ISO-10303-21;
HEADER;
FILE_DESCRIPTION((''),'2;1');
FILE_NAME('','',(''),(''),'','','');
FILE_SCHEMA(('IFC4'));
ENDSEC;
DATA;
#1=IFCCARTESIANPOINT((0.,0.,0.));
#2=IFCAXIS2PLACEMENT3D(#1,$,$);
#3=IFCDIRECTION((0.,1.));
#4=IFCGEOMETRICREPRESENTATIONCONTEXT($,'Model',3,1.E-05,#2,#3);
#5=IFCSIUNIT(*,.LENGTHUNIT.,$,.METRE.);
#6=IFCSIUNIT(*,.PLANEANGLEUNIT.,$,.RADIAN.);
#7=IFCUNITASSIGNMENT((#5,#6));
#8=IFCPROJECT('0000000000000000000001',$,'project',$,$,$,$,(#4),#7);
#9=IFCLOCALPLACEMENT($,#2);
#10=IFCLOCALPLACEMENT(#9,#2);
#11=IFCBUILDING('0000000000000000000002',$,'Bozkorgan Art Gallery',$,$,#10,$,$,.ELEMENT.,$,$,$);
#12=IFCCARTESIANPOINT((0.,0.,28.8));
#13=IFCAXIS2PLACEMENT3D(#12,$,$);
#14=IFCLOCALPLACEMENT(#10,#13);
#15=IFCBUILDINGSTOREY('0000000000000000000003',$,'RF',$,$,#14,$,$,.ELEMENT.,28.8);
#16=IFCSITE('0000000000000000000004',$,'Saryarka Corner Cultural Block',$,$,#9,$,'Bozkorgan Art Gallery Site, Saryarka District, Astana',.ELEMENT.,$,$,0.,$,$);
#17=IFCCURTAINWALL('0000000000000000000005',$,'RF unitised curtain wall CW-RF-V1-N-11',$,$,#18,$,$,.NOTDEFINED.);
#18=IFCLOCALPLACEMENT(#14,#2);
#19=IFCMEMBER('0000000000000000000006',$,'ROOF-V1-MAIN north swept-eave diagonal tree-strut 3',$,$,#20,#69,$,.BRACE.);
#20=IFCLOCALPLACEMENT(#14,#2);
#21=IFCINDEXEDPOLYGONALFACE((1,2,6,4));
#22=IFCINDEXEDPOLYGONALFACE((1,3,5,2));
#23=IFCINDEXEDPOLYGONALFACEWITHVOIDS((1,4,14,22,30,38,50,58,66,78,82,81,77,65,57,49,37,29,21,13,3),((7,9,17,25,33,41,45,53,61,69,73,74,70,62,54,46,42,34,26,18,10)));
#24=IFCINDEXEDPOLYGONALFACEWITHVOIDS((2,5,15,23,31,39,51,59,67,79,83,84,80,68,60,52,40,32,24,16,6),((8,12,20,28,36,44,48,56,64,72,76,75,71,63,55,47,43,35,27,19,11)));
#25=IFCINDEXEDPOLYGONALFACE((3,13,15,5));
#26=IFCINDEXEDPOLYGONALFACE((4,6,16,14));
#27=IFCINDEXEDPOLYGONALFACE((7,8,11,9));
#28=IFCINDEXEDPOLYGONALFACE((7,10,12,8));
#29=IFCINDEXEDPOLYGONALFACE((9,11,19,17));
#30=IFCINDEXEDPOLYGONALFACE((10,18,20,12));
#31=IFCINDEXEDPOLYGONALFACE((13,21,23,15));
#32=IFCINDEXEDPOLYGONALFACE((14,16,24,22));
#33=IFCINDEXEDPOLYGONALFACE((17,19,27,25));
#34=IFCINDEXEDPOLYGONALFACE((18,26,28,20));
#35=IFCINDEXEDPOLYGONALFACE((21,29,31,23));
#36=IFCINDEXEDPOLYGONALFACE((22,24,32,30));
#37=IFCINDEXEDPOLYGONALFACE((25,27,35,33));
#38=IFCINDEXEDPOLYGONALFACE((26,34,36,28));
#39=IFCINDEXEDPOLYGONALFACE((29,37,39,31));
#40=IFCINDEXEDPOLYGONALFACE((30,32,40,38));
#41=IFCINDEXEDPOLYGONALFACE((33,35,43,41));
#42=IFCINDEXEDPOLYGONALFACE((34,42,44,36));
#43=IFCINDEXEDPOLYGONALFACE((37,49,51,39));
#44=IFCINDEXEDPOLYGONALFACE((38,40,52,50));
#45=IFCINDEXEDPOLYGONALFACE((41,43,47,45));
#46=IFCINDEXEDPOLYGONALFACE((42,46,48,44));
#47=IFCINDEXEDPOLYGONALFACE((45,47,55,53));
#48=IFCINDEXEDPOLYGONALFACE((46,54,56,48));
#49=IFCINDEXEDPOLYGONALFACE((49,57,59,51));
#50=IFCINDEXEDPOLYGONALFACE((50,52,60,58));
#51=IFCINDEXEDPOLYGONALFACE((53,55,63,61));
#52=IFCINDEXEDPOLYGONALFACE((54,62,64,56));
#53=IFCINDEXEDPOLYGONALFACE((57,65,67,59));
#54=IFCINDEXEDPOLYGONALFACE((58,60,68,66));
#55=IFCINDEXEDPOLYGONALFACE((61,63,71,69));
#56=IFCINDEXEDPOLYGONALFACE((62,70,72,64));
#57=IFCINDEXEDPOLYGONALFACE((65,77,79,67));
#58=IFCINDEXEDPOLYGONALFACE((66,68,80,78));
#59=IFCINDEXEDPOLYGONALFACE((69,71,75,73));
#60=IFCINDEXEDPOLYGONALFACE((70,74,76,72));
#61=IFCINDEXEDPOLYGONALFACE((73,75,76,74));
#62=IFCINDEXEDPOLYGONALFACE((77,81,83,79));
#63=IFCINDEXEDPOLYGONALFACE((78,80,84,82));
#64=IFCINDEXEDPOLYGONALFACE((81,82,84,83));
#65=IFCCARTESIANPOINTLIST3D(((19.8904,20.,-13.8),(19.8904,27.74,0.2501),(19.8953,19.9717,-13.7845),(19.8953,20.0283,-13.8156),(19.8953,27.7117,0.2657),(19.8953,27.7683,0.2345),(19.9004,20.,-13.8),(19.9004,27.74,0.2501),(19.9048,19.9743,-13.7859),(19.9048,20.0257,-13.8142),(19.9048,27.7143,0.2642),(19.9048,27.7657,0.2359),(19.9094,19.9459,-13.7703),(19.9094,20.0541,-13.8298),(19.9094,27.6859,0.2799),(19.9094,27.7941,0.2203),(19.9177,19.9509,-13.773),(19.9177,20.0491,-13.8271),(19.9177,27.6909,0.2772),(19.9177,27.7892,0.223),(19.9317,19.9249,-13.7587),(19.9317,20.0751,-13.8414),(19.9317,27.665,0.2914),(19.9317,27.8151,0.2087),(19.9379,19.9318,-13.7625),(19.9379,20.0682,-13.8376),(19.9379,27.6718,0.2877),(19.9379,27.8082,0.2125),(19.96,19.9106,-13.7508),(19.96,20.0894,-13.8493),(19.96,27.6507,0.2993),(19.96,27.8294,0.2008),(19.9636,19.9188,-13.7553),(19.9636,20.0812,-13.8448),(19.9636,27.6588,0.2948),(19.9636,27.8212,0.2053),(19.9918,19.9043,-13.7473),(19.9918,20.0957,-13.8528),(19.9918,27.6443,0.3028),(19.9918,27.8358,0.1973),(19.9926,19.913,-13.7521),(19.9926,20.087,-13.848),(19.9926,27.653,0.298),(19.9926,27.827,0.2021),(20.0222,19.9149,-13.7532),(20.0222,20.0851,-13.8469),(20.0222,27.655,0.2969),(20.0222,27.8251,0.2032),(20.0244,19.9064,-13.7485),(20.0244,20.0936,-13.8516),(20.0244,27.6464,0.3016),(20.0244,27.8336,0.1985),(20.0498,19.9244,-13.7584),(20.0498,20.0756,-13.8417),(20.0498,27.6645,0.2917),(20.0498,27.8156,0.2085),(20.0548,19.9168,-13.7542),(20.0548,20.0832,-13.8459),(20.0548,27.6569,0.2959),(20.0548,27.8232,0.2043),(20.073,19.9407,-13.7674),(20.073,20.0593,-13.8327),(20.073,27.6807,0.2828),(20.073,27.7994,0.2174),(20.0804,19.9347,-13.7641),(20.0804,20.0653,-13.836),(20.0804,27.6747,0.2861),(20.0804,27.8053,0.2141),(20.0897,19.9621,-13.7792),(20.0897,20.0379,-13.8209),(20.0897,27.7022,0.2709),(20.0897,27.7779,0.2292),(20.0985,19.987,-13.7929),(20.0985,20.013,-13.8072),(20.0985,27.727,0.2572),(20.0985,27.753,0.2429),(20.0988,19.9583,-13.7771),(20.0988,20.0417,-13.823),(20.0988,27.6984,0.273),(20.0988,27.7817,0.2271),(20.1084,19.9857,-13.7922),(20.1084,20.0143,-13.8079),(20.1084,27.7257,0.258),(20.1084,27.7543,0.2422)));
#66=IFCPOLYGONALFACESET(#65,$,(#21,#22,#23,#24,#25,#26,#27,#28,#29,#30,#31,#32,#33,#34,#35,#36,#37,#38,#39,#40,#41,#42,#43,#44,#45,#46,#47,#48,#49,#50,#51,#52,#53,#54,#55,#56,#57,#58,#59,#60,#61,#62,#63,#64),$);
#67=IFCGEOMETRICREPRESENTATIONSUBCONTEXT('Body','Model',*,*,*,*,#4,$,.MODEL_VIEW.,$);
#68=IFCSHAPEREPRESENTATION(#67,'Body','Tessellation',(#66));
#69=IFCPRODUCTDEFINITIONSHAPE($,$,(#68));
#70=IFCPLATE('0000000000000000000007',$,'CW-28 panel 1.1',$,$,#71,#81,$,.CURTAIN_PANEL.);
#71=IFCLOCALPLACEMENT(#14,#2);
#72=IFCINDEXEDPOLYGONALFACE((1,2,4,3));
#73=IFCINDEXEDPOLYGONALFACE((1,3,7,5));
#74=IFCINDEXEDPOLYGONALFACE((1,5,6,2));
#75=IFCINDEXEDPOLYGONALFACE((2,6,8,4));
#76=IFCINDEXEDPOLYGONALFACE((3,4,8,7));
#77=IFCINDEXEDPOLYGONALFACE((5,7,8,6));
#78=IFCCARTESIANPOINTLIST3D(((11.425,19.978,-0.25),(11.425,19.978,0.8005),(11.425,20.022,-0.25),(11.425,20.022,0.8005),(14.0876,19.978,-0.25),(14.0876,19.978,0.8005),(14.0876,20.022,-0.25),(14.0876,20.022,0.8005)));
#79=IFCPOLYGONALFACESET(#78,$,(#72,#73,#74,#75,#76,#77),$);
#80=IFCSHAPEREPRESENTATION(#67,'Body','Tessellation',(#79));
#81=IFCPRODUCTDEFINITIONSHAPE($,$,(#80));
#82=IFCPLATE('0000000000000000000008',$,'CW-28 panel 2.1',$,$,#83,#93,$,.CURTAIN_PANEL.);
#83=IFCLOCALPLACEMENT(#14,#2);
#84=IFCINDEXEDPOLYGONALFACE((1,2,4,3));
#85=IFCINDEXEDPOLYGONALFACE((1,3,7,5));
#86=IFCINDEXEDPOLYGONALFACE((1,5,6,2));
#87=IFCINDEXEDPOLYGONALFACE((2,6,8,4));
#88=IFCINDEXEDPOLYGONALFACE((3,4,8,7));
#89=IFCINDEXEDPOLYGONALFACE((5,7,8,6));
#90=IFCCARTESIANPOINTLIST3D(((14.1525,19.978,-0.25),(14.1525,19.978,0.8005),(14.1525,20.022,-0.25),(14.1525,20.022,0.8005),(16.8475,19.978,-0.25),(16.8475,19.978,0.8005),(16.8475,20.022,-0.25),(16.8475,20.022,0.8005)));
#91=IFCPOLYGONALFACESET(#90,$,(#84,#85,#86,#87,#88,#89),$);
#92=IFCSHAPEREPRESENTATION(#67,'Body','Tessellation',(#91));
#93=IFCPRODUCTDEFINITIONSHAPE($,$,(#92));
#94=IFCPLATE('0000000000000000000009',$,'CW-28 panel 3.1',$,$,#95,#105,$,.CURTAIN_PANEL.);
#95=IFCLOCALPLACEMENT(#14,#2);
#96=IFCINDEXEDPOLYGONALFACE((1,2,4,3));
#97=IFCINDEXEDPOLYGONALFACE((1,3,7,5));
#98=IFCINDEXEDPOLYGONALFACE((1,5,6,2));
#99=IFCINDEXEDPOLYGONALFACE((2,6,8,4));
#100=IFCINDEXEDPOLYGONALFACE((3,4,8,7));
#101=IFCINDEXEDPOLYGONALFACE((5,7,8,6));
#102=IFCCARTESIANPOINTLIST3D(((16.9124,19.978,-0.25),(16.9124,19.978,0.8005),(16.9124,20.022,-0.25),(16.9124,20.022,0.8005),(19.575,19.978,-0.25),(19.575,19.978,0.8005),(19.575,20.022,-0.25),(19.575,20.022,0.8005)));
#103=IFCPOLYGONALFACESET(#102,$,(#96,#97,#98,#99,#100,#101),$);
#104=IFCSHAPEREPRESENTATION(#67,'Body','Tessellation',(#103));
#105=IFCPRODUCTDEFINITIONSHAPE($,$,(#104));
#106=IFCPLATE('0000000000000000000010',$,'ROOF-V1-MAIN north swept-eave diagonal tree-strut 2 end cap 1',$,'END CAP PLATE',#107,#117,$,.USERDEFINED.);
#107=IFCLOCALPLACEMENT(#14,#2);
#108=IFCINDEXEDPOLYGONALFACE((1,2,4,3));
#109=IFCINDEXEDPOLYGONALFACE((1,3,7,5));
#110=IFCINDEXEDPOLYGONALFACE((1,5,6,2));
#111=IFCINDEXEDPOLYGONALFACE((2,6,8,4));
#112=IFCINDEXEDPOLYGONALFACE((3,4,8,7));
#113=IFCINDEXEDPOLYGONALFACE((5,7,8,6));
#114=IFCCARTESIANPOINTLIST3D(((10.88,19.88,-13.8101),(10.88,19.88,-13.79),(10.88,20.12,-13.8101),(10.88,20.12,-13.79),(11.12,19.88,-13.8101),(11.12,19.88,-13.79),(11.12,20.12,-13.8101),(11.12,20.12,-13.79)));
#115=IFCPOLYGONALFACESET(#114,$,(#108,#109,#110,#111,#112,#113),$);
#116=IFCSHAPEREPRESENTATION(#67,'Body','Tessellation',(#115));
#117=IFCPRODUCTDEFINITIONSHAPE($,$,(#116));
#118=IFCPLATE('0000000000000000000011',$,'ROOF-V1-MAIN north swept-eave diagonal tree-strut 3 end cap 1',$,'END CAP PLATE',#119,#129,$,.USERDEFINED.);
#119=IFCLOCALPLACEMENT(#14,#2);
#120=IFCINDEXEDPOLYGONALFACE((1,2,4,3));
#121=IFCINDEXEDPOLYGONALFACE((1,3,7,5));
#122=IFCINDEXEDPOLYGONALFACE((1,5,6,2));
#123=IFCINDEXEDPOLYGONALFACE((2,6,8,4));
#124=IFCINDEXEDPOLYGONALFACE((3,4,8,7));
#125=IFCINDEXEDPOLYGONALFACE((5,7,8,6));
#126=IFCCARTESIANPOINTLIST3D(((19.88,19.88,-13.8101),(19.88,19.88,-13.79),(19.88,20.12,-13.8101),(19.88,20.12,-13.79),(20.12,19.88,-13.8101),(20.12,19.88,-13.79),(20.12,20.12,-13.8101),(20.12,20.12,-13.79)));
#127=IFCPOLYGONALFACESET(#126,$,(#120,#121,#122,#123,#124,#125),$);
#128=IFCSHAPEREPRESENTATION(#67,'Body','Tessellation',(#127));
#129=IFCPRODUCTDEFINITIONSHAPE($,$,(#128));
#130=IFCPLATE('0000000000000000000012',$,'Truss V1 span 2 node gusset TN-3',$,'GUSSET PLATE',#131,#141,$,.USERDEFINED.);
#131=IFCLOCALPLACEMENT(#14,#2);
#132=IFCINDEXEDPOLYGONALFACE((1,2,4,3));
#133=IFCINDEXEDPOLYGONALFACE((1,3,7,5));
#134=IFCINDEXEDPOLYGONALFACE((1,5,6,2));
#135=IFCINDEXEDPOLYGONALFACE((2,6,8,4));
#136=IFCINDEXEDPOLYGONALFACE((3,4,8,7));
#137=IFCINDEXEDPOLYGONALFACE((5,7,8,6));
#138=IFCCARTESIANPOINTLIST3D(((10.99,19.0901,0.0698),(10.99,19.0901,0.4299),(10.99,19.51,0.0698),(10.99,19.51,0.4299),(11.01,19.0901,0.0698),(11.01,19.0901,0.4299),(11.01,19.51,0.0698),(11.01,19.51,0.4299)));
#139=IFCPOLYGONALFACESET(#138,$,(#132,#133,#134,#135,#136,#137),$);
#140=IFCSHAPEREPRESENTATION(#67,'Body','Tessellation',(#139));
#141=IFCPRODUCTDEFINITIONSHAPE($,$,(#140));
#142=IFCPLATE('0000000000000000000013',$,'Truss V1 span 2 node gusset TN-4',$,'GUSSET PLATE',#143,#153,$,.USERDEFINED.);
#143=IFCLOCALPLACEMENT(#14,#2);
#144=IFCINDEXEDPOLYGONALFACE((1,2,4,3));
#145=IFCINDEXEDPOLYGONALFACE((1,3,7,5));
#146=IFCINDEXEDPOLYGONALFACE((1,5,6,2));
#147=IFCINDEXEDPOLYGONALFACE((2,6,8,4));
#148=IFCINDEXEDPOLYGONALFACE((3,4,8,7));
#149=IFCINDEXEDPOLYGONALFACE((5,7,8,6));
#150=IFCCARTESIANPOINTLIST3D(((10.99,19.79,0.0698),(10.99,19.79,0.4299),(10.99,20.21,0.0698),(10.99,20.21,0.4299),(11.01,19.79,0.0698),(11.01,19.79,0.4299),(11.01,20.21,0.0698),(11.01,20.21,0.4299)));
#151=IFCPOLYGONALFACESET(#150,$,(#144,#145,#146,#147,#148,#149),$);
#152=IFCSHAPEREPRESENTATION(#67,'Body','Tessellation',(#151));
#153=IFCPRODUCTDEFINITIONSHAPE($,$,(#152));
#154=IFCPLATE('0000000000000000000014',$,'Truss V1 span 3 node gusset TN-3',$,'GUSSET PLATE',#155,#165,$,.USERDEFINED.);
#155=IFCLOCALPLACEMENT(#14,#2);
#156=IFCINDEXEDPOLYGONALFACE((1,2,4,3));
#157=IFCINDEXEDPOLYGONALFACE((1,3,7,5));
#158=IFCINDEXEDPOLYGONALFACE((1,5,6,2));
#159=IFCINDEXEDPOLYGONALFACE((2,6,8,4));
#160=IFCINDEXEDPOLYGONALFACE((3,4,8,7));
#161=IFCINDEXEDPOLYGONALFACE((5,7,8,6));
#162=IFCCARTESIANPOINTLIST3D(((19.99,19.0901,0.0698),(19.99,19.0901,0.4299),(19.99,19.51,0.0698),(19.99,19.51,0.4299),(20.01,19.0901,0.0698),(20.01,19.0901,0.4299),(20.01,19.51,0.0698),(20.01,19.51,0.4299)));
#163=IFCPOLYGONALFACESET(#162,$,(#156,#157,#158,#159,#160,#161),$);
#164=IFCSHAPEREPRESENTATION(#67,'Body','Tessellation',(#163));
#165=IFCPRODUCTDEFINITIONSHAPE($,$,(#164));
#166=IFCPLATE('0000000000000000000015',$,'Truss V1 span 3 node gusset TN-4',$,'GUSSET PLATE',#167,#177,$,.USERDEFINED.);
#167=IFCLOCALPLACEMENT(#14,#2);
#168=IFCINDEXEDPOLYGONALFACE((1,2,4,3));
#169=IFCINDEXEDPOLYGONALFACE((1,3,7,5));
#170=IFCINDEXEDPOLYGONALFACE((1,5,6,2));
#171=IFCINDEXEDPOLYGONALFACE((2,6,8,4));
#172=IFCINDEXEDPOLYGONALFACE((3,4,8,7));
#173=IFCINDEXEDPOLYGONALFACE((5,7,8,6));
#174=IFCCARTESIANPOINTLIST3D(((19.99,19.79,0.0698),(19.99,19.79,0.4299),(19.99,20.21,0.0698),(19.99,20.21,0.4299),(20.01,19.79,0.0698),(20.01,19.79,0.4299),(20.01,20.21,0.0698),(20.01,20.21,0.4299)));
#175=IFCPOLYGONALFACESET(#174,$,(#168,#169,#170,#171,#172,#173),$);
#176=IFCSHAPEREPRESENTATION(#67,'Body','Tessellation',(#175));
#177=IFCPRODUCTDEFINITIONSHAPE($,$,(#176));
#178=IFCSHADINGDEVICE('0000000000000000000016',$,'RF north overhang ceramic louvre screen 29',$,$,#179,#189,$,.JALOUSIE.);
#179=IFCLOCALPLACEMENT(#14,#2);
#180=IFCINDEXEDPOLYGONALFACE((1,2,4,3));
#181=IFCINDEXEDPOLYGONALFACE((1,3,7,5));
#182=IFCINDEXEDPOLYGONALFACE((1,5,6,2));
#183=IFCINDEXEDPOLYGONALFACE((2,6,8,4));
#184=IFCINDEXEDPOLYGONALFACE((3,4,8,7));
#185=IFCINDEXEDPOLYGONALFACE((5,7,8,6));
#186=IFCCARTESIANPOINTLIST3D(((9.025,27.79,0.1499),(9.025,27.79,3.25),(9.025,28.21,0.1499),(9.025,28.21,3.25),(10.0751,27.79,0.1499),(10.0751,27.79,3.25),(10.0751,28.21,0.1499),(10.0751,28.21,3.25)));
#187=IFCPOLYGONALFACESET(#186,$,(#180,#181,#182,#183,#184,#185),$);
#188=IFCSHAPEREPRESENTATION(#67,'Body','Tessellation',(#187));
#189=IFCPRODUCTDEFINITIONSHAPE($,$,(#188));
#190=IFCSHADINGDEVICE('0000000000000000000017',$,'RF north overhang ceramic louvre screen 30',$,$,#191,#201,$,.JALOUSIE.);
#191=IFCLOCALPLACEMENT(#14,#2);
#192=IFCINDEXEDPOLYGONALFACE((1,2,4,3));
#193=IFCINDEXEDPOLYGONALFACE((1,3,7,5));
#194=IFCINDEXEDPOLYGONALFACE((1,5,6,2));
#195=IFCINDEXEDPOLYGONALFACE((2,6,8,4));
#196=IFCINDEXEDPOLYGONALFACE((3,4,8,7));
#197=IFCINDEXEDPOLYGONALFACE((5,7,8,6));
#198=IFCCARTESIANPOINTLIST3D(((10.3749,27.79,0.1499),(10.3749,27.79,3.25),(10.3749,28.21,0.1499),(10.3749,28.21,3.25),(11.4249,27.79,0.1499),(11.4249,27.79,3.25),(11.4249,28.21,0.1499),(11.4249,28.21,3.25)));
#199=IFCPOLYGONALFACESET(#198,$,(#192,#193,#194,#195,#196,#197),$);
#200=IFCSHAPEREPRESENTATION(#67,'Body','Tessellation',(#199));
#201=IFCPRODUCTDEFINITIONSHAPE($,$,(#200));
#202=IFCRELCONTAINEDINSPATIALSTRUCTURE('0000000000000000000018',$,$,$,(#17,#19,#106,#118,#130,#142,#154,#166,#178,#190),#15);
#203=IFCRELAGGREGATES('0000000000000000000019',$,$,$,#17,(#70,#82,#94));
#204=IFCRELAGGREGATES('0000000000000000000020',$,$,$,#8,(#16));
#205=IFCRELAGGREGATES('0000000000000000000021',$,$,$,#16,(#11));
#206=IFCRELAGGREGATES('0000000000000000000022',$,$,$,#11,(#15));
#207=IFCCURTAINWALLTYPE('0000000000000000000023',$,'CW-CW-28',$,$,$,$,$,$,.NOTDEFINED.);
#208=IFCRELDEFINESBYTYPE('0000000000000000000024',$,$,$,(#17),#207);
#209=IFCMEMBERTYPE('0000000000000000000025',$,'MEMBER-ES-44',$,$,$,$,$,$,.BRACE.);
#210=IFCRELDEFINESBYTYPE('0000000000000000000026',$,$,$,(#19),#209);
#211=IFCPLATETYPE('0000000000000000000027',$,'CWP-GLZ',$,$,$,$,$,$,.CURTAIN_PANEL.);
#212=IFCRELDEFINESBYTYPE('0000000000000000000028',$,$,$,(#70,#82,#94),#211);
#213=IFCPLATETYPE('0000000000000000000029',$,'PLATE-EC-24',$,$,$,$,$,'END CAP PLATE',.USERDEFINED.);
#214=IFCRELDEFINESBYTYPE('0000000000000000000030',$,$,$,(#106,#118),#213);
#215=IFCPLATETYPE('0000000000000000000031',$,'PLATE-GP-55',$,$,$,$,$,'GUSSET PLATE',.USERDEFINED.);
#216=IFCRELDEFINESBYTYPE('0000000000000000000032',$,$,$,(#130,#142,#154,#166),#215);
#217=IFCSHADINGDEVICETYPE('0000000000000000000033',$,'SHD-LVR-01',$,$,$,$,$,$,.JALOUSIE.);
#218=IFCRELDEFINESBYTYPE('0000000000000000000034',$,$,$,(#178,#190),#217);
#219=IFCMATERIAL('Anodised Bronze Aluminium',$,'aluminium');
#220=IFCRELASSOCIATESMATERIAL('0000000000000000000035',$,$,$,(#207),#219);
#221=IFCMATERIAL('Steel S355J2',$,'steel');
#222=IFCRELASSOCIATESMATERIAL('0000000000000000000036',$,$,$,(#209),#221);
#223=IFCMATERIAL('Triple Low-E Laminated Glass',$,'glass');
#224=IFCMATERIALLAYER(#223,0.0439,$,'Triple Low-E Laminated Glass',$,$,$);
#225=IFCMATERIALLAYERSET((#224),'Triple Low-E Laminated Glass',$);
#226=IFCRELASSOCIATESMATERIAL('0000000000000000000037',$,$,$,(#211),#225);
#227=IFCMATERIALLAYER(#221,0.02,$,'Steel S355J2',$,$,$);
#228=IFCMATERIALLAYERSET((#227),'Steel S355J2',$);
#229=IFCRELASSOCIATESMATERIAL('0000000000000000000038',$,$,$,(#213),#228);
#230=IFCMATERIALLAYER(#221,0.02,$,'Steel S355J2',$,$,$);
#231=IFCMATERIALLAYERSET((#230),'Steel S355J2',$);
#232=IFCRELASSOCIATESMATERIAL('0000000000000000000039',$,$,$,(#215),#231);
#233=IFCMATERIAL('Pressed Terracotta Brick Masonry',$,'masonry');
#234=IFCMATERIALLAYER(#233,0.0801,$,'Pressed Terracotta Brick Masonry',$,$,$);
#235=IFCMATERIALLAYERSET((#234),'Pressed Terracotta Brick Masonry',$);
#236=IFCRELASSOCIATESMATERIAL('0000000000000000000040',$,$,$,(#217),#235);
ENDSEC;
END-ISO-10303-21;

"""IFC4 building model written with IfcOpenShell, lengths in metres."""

from ifc_helpers import new_model, si_unit, direction, frame, origin, origin_2d, place, context, subcontext, project, spatial, rectangle, hollow_circle, extrude, material, layer, layer_set, material_profile, profile_set, type_object, element, aggregate, save


model = new_model("IFC4")

# Units and contexts
model_context = context("Model", 3, precision=1e-05, world=origin(), true_north=direction((0.0, 1.0)))
body_context = subcontext(model_context, "Body", "Model", "MODEL_VIEW")
ifc_project = project(units=[si_unit("LENGTHUNIT", "METRE"), si_unit("PLANEANGLEUNIT", "RADIAN")], contexts=[model_context])

# Site, building, storey
site_placement = place(None, origin())
site = spatial("IfcSite", under=ifc_project, at=site_placement, Name="Saryarka Corner Cultural Block", LongName="Bozkorgan Art Gallery Site, Saryarka District, Astana", CompositionType="ELEMENT", RefElevation=0.0)
building_placement = place(site_placement, origin())
building = spatial("IfcBuilding", under=site, at=building_placement, Name="Bozkorgan Art Gallery", CompositionType="ELEMENT")
storey_placement = place(building_placement, frame((0.0, 0.0, 28.8)))
storey = spatial("IfcBuildingStorey", under=building, at=storey_placement, Name="RF", CompositionType="ELEMENT", Elevation=28.8)

# Shared definitions
ifc_material_1 = material(Name="Anodised Bronze Aluminium", Category="aluminium")
curtain_wall_type = type_object("IfcCurtainWallType", Name="CW-CW-28", PredefinedType="NOTDEFINED", material=ifc_material_1)

# Curtain wall
curtain_wall_1_placement = place(storey_placement, origin())
curtain_wall_1 = element("IfcCurtainWall", 1, at=curtain_wall_1_placement, inside=storey, type_object=curtain_wall_type, Name="RF unitised curtain wall CW-RF-V1-N-11", PredefinedType="NOTDEFINED")

# Member
ifc_material_2 = material(Name="Steel S355J2", Category="steel")
ifc_material_profile_1 = material_profile(ifc_material_2, hollow_circle(Radius=0.1096, WallThickness=0.01, at=origin_2d()), Name="CHS 219.1x10")
ifc_profile_set_1 = profile_set([ifc_material_profile_1], Name="Steel S355J2")
member_type_1 = type_object("IfcMemberType", Name="MEMBER-ES-44", PredefinedType="BRACE", material=ifc_profile_set_1)
for number, where, z_axis, x_axis, name in (
    (2, (20.0, 20.0, -13.8), (0.0, 0.482515, 0.875888), (-1.0, 0.0, 0.0), "ROOF-V1-MAIN north swept-eave diagonal tree-strut 3"),
):
    element("IfcMember", number, at=place(storey_placement, frame(where, z_axis=z_axis, x_axis=x_axis)), inside=storey, type_object=member_type_1, Name=name, PredefinedType="BRACE", context=body_context, shape_type="SweptSolid", body=[
        extrude(hollow_circle(Radius=0.1096, WallThickness=0.01, at=origin_2d()), origin(), (0.0, 0.0, 1.0), 16.041),
    ])

# Plates
ifc_material_3 = material(Name="Triple Low-E Laminated Glass", Category="glass")
ifc_layer_1 = layer(ifc_material_3, 0.0439, Name="Triple Low-E Laminated Glass")
ifc_layer_set_1 = layer_set([ifc_layer_1], Name="Triple Low-E Laminated Glass")
plate_type_1 = type_object("IfcPlateType", Name="CWP-GLZ", PredefinedType="CURTAIN_PANEL", material=ifc_layer_set_1)
plate_1_placement = place(storey_placement, frame((12.7563, 20.0, -0.25), z_axis=(0.0, 0.0, 1.0), x_axis=(1.0, 0.0, 0.0)))
plate_1 = element("IfcPlate", 3, at=plate_1_placement, type_object=plate_type_1, Name="CW-28 panel 1.1", PredefinedType="CURTAIN_PANEL", context=body_context, shape_type="SweptSolid", body=[
    extrude(rectangle(XDim=2.6626, YDim=0.0439, at=origin_2d()), origin(), (0.0, 0.0, 1.0), 1.0505),
])
plate_2_placement = place(storey_placement, frame((15.5, 20.0, -0.25), z_axis=(0.0, 0.0, 1.0), x_axis=(1.0, 0.0, 0.0)))
plate_2 = element("IfcPlate", 4, at=plate_2_placement, type_object=plate_type_1, Name="CW-28 panel 2.1", PredefinedType="CURTAIN_PANEL", context=body_context, shape_type="SweptSolid", body=[
    extrude(rectangle(XDim=2.6951, YDim=0.0439, at=origin_2d()), origin(), (0.0, 0.0, 1.0), 1.0505),
])
plate_3_placement = place(storey_placement, frame((18.2437, 20.0, -0.25), z_axis=(0.0, 0.0, 1.0), x_axis=(1.0, 0.0, 0.0)))
plate_3 = element("IfcPlate", 5, at=plate_3_placement, type_object=plate_type_1, Name="CW-28 panel 3.1", PredefinedType="CURTAIN_PANEL", context=body_context, shape_type="SweptSolid", body=[
    extrude(rectangle(XDim=2.6626, YDim=0.0439, at=origin_2d()), origin(), (0.0, 0.0, 1.0), 1.0505),
])
aggregate(curtain_wall_1, [plate_1, plate_2, plate_3])

# Plates
ifc_layer_2 = layer(ifc_material_2, 0.02, Name="Steel S355J2")
ifc_layer_set_2 = layer_set([ifc_layer_2], Name="Steel S355J2")
plate_type_2 = type_object("IfcPlateType", Name="PLATE-EC-24", ElementType="END CAP PLATE", PredefinedType="USERDEFINED", material=ifc_layer_set_2)
for number, where, z_axis, x_axis, name in (
    (6, (11.0, 20.0, -13.8101), (0.0, 0.0, 1.0), (1.0, 0.0, 0.0), "ROOF-V1-MAIN north swept-eave diagonal tree-strut 2 end cap 1"),
    (7, (20.0, 20.0, -13.8101), (0.0, 0.0, 1.0), (1.0, 0.0, 0.0), "ROOF-V1-MAIN north swept-eave diagonal tree-strut 3 end cap 1"),
):
    element("IfcPlate", number, at=place(storey_placement, frame(where, z_axis=z_axis, x_axis=x_axis)), inside=storey, type_object=plate_type_2, Name=name, ObjectType="END CAP PLATE", PredefinedType="USERDEFINED", context=body_context, shape_type="SweptSolid", body=[
        extrude(rectangle(XDim=0.24, YDim=0.24, at=origin_2d()), origin(), (0.0, 0.0, 1.0), 0.02),
    ])
ifc_layer_3 = layer(ifc_material_2, 0.02, Name="Steel S355J2")
ifc_layer_set_3 = layer_set([ifc_layer_3], Name="Steel S355J2")
plate_type_3 = type_object("IfcPlateType", Name="PLATE-GP-55", ElementType="GUSSET PLATE", PredefinedType="USERDEFINED", material=ifc_layer_set_3)
for number, where, z_axis, x_axis, name in (
    (8, (11.0, 19.3, 0.0698), (0.0, 0.0, 1.0), (1.0, 0.0, 0.0), "Truss V1 span 2 node gusset TN-3"),
    (9, (11.0, 20.0, 0.0698), (0.0, 0.0, 1.0), (1.0, 0.0, 0.0), "Truss V1 span 2 node gusset TN-4"),
    (10, (20.0, 19.3, 0.0698), (0.0, 0.0, 1.0), (1.0, 0.0, 0.0), "Truss V1 span 3 node gusset TN-3"),
    (11, (20.0, 20.0, 0.0698), (0.0, 0.0, 1.0), (1.0, 0.0, 0.0), "Truss V1 span 3 node gusset TN-4"),
):
    element("IfcPlate", number, at=place(storey_placement, frame(where, z_axis=z_axis, x_axis=x_axis)), inside=storey, type_object=plate_type_3, Name=name, ObjectType="GUSSET PLATE", PredefinedType="USERDEFINED", context=body_context, shape_type="SweptSolid", body=[
        extrude(rectangle(XDim=0.02, YDim=0.4199, at=origin_2d()), origin(), (0.0, 0.0, 1.0), 0.3601),
    ])

# Shading devices
ifc_material_4 = material(Name="Pressed Terracotta Brick Masonry", Category="masonry")
ifc_layer_4 = layer(ifc_material_4, 0.0801, Name="Pressed Terracotta Brick Masonry")
ifc_layer_set_4 = layer_set([ifc_layer_4], Name="Pressed Terracotta Brick Masonry")
shading_device_type = type_object("IfcShadingDeviceType", Name="SHD-LVR-01", PredefinedType="JALOUSIE", material=ifc_layer_set_4)
for number, where, z_axis, x_axis, name in (
    (12, (9.55, 28.0, 0.1499), (0.0, 0.0, 1.0), (1.0, 0.0, 0.0), "RF north overhang ceramic louvre screen 29"),
    (13, (10.8999, 28.0, 0.1499), (0.0, 0.0, 1.0), (1.0, 0.0, 0.0), "RF north overhang ceramic louvre screen 30"),
):
    element("IfcShadingDevice", number, at=place(storey_placement, frame(where, z_axis=z_axis, x_axis=x_axis)), inside=storey, type_object=shading_device_type, Name=name, PredefinedType="JALOUSIE", context=body_context, shape_type="SweptSolid", body=[
        extrude(rectangle(XDim=1.05, YDim=0.4199, at=origin_2d()), origin(), (0.0, 0.0, 1.0), 3.1001),
    ])

save(model, "model.ifc")
